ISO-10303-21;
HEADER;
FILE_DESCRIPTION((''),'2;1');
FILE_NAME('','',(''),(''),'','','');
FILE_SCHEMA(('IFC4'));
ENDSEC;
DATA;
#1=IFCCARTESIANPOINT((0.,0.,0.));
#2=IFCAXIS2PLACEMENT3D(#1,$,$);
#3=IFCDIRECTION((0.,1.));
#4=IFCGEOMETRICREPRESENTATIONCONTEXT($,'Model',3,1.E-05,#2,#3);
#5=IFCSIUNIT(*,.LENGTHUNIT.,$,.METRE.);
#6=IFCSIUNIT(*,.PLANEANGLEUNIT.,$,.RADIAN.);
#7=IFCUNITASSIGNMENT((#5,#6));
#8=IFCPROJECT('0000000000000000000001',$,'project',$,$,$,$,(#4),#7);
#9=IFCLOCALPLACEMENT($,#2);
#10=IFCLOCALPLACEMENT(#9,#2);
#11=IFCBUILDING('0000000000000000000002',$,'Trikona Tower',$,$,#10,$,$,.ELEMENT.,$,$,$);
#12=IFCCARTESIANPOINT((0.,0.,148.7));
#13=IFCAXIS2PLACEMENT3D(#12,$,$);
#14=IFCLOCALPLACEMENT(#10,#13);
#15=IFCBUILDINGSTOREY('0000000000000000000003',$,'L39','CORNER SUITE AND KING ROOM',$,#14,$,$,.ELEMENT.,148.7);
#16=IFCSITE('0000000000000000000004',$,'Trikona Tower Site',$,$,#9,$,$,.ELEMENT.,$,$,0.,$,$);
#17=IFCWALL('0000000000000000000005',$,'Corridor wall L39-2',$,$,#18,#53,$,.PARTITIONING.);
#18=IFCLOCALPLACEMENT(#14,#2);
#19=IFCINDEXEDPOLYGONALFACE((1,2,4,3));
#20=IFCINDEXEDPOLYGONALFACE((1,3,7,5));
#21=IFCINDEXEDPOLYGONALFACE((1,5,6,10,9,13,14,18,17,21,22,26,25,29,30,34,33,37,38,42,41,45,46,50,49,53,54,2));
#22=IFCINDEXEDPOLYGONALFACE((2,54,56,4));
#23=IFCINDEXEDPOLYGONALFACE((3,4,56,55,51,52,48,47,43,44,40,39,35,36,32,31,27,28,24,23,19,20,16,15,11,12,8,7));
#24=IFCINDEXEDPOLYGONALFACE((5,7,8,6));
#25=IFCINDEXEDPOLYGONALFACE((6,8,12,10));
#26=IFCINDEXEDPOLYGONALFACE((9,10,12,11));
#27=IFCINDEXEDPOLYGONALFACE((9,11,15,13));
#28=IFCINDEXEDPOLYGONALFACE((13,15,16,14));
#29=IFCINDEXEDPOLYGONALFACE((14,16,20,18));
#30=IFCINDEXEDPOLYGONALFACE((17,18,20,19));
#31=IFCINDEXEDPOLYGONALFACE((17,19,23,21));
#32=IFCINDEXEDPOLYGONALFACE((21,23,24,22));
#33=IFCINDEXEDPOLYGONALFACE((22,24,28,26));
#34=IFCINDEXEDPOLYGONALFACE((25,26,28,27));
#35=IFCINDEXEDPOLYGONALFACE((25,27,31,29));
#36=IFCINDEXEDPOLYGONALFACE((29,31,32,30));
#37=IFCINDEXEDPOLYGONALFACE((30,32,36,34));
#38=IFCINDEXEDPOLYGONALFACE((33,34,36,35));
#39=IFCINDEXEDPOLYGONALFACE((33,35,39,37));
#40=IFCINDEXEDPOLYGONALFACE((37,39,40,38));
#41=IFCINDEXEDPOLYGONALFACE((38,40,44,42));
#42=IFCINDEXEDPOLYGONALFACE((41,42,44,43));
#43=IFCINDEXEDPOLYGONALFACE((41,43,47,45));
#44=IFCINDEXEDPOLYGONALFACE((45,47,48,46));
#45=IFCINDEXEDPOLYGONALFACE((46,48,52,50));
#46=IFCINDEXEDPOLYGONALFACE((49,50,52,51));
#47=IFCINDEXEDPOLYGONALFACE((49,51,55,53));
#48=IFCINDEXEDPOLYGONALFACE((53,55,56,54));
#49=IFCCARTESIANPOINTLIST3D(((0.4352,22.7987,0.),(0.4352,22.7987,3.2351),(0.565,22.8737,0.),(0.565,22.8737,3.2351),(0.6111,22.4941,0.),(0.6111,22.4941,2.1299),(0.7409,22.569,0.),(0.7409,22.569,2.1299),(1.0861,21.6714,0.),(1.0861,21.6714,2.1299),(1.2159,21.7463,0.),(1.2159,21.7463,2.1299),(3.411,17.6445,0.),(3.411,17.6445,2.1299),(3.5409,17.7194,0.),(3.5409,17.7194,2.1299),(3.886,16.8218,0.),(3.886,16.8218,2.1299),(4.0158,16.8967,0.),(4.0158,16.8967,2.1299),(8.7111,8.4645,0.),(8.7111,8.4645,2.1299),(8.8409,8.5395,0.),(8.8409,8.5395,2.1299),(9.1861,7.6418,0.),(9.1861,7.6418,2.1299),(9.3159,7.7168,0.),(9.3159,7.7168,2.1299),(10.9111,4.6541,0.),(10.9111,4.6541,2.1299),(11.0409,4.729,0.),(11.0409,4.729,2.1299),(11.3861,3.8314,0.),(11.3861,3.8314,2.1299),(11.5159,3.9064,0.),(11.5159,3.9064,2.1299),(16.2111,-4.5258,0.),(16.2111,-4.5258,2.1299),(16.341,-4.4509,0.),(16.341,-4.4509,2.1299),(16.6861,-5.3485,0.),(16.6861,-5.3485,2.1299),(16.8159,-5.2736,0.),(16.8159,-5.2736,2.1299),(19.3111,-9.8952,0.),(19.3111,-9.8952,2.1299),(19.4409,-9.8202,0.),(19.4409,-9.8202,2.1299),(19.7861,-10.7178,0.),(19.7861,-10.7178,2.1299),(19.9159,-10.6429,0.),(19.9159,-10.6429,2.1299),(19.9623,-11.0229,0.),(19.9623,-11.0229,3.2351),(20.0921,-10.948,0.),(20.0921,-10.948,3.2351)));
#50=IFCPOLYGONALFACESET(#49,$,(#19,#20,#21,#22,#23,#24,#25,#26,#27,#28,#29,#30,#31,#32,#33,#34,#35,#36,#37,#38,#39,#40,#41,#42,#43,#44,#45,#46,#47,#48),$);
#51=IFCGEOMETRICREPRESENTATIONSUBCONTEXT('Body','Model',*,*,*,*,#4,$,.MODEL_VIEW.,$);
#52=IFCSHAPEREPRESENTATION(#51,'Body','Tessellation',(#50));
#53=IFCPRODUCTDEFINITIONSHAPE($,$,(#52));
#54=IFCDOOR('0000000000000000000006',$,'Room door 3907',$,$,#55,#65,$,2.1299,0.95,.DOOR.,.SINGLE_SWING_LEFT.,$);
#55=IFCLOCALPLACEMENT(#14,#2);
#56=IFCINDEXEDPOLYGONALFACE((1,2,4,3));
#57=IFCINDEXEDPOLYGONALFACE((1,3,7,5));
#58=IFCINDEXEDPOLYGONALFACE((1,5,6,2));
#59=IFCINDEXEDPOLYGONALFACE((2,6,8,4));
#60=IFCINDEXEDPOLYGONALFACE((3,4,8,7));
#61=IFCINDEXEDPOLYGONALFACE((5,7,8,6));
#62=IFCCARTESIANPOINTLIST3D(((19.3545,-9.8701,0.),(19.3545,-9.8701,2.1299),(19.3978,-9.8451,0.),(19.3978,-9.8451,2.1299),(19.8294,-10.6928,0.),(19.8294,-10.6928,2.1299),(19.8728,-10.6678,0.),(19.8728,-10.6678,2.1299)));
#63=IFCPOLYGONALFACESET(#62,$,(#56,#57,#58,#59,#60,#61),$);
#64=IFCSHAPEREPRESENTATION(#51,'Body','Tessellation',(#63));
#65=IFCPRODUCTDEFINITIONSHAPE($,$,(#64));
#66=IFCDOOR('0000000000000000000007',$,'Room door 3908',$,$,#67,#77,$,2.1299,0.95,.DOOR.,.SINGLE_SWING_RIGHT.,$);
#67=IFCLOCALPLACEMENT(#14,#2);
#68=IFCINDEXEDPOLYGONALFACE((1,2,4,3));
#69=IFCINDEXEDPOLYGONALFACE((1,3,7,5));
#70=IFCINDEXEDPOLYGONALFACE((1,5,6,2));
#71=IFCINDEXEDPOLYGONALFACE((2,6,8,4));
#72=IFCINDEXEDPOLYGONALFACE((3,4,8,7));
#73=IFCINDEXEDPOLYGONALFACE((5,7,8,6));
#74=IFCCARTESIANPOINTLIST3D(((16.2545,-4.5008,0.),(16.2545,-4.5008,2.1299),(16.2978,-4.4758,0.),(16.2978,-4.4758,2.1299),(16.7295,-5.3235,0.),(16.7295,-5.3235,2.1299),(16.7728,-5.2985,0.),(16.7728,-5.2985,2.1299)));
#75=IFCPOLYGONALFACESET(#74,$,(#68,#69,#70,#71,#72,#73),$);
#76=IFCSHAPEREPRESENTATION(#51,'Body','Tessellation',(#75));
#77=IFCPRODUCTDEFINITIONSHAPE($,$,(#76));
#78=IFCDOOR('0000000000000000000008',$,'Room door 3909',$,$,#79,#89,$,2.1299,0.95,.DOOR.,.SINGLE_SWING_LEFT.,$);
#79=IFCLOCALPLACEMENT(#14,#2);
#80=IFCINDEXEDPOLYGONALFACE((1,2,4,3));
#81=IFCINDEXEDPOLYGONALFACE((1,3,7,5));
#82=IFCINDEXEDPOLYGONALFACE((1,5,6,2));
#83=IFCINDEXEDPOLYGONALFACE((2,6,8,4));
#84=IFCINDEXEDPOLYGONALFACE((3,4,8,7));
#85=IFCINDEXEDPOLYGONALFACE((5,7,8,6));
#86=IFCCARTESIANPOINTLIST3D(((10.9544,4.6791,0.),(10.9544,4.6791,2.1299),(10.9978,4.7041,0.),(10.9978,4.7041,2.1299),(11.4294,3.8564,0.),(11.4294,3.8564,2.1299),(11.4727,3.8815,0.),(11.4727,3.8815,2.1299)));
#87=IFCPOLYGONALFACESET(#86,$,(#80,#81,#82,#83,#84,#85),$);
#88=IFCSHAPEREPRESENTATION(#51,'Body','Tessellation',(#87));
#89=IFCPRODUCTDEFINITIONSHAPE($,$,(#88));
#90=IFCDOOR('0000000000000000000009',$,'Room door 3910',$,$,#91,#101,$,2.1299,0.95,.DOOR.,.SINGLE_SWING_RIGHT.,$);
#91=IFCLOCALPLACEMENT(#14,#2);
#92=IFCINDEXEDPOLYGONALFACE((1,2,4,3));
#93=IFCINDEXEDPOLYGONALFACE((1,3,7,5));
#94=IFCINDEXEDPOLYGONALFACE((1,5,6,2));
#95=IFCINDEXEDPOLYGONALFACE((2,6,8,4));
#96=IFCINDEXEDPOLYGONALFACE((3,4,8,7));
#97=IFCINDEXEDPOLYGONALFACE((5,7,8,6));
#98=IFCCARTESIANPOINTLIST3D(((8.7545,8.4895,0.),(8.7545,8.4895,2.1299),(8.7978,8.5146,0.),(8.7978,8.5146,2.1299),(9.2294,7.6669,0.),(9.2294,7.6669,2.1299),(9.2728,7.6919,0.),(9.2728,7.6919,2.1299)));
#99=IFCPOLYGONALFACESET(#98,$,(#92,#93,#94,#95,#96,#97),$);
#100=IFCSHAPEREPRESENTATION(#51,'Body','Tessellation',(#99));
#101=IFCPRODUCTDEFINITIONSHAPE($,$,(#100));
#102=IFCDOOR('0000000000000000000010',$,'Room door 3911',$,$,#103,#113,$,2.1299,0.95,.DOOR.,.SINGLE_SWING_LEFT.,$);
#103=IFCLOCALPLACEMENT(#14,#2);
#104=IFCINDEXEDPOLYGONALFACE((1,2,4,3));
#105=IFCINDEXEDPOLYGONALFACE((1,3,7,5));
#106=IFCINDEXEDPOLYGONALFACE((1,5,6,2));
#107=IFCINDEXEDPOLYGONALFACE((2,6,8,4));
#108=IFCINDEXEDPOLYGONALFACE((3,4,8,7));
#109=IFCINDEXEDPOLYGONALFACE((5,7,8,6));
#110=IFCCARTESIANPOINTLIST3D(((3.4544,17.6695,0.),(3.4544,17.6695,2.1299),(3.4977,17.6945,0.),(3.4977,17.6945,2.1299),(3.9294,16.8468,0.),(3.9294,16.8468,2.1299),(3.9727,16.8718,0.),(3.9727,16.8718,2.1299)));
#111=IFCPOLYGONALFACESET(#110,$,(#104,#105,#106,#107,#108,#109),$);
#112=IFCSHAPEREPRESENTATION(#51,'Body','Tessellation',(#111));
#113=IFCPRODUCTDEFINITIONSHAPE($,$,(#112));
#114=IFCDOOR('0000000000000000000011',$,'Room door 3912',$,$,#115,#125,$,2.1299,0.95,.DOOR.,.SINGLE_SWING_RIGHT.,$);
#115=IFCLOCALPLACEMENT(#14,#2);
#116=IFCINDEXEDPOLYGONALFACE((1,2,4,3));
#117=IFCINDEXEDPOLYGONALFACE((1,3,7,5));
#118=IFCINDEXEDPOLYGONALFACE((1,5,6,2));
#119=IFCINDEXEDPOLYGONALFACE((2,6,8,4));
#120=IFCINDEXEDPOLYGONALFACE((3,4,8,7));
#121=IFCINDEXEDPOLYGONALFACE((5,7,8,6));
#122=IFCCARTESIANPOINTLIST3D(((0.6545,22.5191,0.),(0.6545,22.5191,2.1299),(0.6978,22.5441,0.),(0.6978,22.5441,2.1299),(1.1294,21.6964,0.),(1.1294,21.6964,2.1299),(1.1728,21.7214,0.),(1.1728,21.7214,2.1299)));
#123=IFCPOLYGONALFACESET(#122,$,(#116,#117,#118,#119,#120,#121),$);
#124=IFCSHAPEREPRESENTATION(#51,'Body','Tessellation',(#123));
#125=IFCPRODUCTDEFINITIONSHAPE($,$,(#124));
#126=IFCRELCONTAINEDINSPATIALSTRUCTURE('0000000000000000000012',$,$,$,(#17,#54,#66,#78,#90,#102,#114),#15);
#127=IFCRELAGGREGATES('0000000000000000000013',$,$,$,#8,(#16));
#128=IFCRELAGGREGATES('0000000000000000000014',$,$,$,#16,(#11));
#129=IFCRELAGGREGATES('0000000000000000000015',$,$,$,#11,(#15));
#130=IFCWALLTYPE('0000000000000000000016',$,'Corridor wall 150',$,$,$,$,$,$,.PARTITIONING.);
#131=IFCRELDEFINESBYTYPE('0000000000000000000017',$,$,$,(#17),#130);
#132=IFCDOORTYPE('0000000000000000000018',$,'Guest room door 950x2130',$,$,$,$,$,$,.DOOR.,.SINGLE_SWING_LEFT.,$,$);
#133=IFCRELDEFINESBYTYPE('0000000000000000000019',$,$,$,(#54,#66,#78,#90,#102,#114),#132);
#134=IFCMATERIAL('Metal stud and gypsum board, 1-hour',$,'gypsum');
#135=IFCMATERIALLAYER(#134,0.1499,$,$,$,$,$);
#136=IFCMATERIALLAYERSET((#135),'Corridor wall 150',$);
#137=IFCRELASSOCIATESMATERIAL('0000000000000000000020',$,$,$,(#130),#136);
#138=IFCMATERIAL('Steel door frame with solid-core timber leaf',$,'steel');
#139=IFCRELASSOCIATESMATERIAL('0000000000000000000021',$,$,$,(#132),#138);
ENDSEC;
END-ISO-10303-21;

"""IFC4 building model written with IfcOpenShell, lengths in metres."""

from ifc_helpers import new_model, si_unit, direction, frame, frame_2d, origin, place, context, subcontext, project, spatial, rectangle, extrude, material, layer, layer_set, type_object, element, fill, save


model = new_model("IFC4")

# Units and contexts
model_context = context("Model", 3, precision=1e-05, world=origin(), true_north=direction((0.0, 1.0)))
body_context = subcontext(model_context, "Body", "Model", "MODEL_VIEW")
ifc_project = project(units=[si_unit("LENGTHUNIT", "METRE"), si_unit("PLANEANGLEUNIT", "RADIAN")], contexts=[model_context])

# Site, building, storey
site_placement = place(None, origin())
site = spatial("IfcSite", under=ifc_project, at=site_placement, Name="Trikona Tower Site", CompositionType="ELEMENT", RefElevation=0.0)
building_placement = place(site_placement, origin())
building = spatial("IfcBuilding", under=site, at=building_placement, Name="Trikona Tower", CompositionType="ELEMENT")
storey_placement = place(building_placement, frame((0.0, 0.0, 148.7)))
storey = spatial("IfcBuildingStorey", under=building, at=storey_placement, Name="L39", Description="CORNER SUITE AND KING ROOM", CompositionType="ELEMENT", Elevation=148.7)

# Wall, openings, doors
ifc_material_1 = material(Name="Metal stud and gypsum board, 1-hour", Category="gypsum")
ifc_layer_1 = layer(ifc_material_1, 0.1499)
ifc_layer_set_1 = layer_set([ifc_layer_1], Name="Corridor wall 150")
wall_type_1 = type_object("IfcWallType", Name="Corridor wall 150", PredefinedType="PARTITIONING", material=ifc_layer_set_1)
wall_1_placement = place(storey_placement, frame((20.0271, -10.9854, 0.0), z_axis=(0.0, 0.0, 1.0), x_axis=(-0.500002, 0.866024, 0.0)))
wall_1 = element("IfcWall", 1, at=wall_1_placement, inside=storey, type_object=wall_type_1, Name="Corridor wall L39-2", PredefinedType="PARTITIONING", context=body_context, shape_type="SweptSolid", body=[
    extrude(rectangle(XDim=39.054, YDim=0.1499, at=frame_2d((19.5269, 0.0))), origin(), (0.0, 0.0, 1.0), 3.2351),
])
opening_1_placement = place(wall_1_placement, frame((0.3521, 0.0, 0.0)))
opening_1 = element("IfcOpeningElement", 2, at=opening_1_placement, cuts=wall_1, PredefinedType="OPENING", context=body_context, shape_type="SweptSolid", body=[
    extrude(rectangle(XDim=0.95, YDim=2.1299, at=frame_2d((0.4751, 1.0649))), frame((0.0, 0.085, 0.0), z_axis=(0.0, -1.0, 0.0), x_axis=(1.0, 0.0, 0.0)), (0.0, 0.0, 1.0), 0.1699),
])
opening_2_placement = place(wall_1_placement, frame((6.552, 0.0, 0.0)))
opening_2 = element("IfcOpeningElement", 3, at=opening_2_placement, cuts=wall_1, PredefinedType="OPENING", context=body_context, shape_type="SweptSolid", body=[
    extrude(rectangle(XDim=0.95, YDim=2.1299, at=frame_2d((0.4751, 1.0649))), frame((0.0, 0.085, 0.0), z_axis=(0.0, -1.0, 0.0), x_axis=(1.0, 0.0, 0.0)), (0.0, 0.0, 1.0), 0.1699),
])
opening_3_placement = place(wall_1_placement, frame((17.1521, 0.0, 0.0)))
opening_3 = element("IfcOpeningElement", 4, at=opening_3_placement, cuts=wall_1, PredefinedType="OPENING", context=body_context, shape_type="SweptSolid", body=[
    extrude(rectangle(XDim=0.95, YDim=2.1299, at=frame_2d((0.4751, 1.0649))), frame((0.0, 0.085, 0.0), z_axis=(0.0, -1.0, 0.0), x_axis=(1.0, 0.0, 0.0)), (0.0, 0.0, 1.0), 0.1699),
])
opening_4_placement = place(wall_1_placement, frame((21.552, 0.0, 0.0)))
opening_4 = element("IfcOpeningElement", 5, at=opening_4_placement, cuts=wall_1, PredefinedType="OPENING", context=body_context, shape_type="SweptSolid", body=[
    extrude(rectangle(XDim=0.95, YDim=2.1299, at=frame_2d((0.4751, 1.0649))), frame((0.0, 0.085, 0.0), z_axis=(0.0, -1.0, 0.0), x_axis=(1.0, 0.0, 0.0)), (0.0, 0.0, 1.0), 0.1699),
])
opening_5_placement = place(wall_1_placement, frame((32.1521, 0.0, 0.0)))
opening_5 = element("IfcOpeningElement", 6, at=opening_5_placement, cuts=wall_1, PredefinedType="OPENING", context=body_context, shape_type="SweptSolid", body=[
    extrude(rectangle(XDim=0.95, YDim=2.1299, at=frame_2d((0.4751, 1.0649))), frame((0.0, 0.085, 0.0), z_axis=(0.0, -1.0, 0.0), x_axis=(1.0, 0.0, 0.0)), (0.0, 0.0, 1.0), 0.1699),
])
opening_6_placement = place(wall_1_placement, frame((37.752, 0.0, 0.0)))
opening_6 = element("IfcOpeningElement", 7, at=opening_6_placement, cuts=wall_1, PredefinedType="OPENING", context=body_context, shape_type="SweptSolid", body=[
    extrude(rectangle(XDim=0.95, YDim=2.1299, at=frame_2d((0.4751, 1.0649))), frame((0.0, 0.085, 0.0), z_axis=(0.0, -1.0, 0.0), x_axis=(1.0, 0.0, 0.0)), (0.0, 0.0, 1.0), 0.1699),
])
ifc_material_2 = material(Name="Steel door frame with solid-core timber leaf", Category="steel")
door_type_1 = type_object("IfcDoorType", Name="Guest room door 950x2130", OperationType="SINGLE_SWING_LEFT", PredefinedType="DOOR", material=ifc_material_2)
door_1_placement = place(opening_1_placement, origin())
door_1 = element("IfcDoor", 8, at=door_1_placement, inside=storey, type_object=door_type_1, Name="Room door 3907", OperationType="SINGLE_SWING_LEFT", OverallHeight=2.1299, OverallWidth=0.95, PredefinedType="DOOR", context=body_context, shape_type="SweptSolid", body=[
    extrude(rectangle(XDim=0.95, YDim=2.1299, at=frame_2d((0.4751, 1.0649))), frame((0.0, 0.0249, 0.0), z_axis=(0.0, -1.0, 0.0), x_axis=(1.0, 0.0, 0.0)), (0.0, 0.0, 1.0), 0.05),
])
fill(opening_1, door_1)
door_2_placement = place(opening_2_placement, origin())
door_2 = element("IfcDoor", 9, at=door_2_placement, inside=storey, type_object=door_type_1, Name="Room door 3908", OperationType="SINGLE_SWING_RIGHT", OverallHeight=2.1299, OverallWidth=0.95, PredefinedType="DOOR", context=body_context, shape_type="SweptSolid", body=[
    extrude(rectangle(XDim=0.95, YDim=2.1299, at=frame_2d((0.4751, 1.0649))), frame((0.0, 0.0249, 0.0), z_axis=(0.0, -1.0, 0.0), x_axis=(1.0, 0.0, 0.0)), (0.0, 0.0, 1.0), 0.05),
])
fill(opening_2, door_2)
door_3_placement = place(opening_3_placement, origin())
door_3 = element("IfcDoor", 10, at=door_3_placement, inside=storey, type_object=door_type_1, Name="Room door 3909", OperationType="SINGLE_SWING_LEFT", OverallHeight=2.1299, OverallWidth=0.95, PredefinedType="DOOR", context=body_context, shape_type="SweptSolid", body=[
    extrude(rectangle(XDim=0.95, YDim=2.1299, at=frame_2d((0.4751, 1.0649))), frame((0.0, 0.0249, 0.0), z_axis=(0.0, -1.0, 0.0), x_axis=(1.0, 0.0, 0.0)), (0.0, 0.0, 1.0), 0.05),
])
fill(opening_3, door_3)
door_4_placement = place(opening_4_placement, origin())
door_4 = element("IfcDoor", 11, at=door_4_placement, inside=storey, type_object=door_type_1, Name="Room door 3910", OperationType="SINGLE_SWING_RIGHT", OverallHeight=2.1299, OverallWidth=0.95, PredefinedType="DOOR", context=body_context, shape_type="SweptSolid", body=[
    extrude(rectangle(XDim=0.95, YDim=2.1299, at=frame_2d((0.4751, 1.0649))), frame((0.0, 0.0249, 0.0), z_axis=(0.0, -1.0, 0.0), x_axis=(1.0, 0.0, 0.0)), (0.0, 0.0, 1.0), 0.05),
])
fill(opening_4, door_4)
door_5_placement = place(opening_5_placement, origin())
door_5 = element("IfcDoor", 12, at=door_5_placement, inside=storey, type_object=door_type_1, Name="Room door 3911", OperationType="SINGLE_SWING_LEFT", OverallHeight=2.1299, OverallWidth=0.95, PredefinedType="DOOR", context=body_context, shape_type="SweptSolid", body=[
    extrude(rectangle(XDim=0.95, YDim=2.1299, at=frame_2d((0.4751, 1.0649))), frame((0.0, 0.0249, 0.0), z_axis=(0.0, -1.0, 0.0), x_axis=(1.0, 0.0, 0.0)), (0.0, 0.0, 1.0), 0.05),
])
fill(opening_5, door_5)
door_6_placement = place(opening_6_placement, origin())
door_6 = element("IfcDoor", 13, at=door_6_placement, inside=storey, type_object=door_type_1, Name="Room door 3912", OperationType="SINGLE_SWING_RIGHT", OverallHeight=2.1299, OverallWidth=0.95, PredefinedType="DOOR", context=body_context, shape_type="SweptSolid", body=[
    extrude(rectangle(XDim=0.95, YDim=2.1299, at=frame_2d((0.4751, 1.0649))), frame((0.0, 0.0249, 0.0), z_axis=(0.0, -1.0, 0.0), x_axis=(1.0, 0.0, 0.0)), (0.0, 0.0, 1.0), 0.05),
])
fill(opening_6, door_6)

save(model, "model.ifc")
